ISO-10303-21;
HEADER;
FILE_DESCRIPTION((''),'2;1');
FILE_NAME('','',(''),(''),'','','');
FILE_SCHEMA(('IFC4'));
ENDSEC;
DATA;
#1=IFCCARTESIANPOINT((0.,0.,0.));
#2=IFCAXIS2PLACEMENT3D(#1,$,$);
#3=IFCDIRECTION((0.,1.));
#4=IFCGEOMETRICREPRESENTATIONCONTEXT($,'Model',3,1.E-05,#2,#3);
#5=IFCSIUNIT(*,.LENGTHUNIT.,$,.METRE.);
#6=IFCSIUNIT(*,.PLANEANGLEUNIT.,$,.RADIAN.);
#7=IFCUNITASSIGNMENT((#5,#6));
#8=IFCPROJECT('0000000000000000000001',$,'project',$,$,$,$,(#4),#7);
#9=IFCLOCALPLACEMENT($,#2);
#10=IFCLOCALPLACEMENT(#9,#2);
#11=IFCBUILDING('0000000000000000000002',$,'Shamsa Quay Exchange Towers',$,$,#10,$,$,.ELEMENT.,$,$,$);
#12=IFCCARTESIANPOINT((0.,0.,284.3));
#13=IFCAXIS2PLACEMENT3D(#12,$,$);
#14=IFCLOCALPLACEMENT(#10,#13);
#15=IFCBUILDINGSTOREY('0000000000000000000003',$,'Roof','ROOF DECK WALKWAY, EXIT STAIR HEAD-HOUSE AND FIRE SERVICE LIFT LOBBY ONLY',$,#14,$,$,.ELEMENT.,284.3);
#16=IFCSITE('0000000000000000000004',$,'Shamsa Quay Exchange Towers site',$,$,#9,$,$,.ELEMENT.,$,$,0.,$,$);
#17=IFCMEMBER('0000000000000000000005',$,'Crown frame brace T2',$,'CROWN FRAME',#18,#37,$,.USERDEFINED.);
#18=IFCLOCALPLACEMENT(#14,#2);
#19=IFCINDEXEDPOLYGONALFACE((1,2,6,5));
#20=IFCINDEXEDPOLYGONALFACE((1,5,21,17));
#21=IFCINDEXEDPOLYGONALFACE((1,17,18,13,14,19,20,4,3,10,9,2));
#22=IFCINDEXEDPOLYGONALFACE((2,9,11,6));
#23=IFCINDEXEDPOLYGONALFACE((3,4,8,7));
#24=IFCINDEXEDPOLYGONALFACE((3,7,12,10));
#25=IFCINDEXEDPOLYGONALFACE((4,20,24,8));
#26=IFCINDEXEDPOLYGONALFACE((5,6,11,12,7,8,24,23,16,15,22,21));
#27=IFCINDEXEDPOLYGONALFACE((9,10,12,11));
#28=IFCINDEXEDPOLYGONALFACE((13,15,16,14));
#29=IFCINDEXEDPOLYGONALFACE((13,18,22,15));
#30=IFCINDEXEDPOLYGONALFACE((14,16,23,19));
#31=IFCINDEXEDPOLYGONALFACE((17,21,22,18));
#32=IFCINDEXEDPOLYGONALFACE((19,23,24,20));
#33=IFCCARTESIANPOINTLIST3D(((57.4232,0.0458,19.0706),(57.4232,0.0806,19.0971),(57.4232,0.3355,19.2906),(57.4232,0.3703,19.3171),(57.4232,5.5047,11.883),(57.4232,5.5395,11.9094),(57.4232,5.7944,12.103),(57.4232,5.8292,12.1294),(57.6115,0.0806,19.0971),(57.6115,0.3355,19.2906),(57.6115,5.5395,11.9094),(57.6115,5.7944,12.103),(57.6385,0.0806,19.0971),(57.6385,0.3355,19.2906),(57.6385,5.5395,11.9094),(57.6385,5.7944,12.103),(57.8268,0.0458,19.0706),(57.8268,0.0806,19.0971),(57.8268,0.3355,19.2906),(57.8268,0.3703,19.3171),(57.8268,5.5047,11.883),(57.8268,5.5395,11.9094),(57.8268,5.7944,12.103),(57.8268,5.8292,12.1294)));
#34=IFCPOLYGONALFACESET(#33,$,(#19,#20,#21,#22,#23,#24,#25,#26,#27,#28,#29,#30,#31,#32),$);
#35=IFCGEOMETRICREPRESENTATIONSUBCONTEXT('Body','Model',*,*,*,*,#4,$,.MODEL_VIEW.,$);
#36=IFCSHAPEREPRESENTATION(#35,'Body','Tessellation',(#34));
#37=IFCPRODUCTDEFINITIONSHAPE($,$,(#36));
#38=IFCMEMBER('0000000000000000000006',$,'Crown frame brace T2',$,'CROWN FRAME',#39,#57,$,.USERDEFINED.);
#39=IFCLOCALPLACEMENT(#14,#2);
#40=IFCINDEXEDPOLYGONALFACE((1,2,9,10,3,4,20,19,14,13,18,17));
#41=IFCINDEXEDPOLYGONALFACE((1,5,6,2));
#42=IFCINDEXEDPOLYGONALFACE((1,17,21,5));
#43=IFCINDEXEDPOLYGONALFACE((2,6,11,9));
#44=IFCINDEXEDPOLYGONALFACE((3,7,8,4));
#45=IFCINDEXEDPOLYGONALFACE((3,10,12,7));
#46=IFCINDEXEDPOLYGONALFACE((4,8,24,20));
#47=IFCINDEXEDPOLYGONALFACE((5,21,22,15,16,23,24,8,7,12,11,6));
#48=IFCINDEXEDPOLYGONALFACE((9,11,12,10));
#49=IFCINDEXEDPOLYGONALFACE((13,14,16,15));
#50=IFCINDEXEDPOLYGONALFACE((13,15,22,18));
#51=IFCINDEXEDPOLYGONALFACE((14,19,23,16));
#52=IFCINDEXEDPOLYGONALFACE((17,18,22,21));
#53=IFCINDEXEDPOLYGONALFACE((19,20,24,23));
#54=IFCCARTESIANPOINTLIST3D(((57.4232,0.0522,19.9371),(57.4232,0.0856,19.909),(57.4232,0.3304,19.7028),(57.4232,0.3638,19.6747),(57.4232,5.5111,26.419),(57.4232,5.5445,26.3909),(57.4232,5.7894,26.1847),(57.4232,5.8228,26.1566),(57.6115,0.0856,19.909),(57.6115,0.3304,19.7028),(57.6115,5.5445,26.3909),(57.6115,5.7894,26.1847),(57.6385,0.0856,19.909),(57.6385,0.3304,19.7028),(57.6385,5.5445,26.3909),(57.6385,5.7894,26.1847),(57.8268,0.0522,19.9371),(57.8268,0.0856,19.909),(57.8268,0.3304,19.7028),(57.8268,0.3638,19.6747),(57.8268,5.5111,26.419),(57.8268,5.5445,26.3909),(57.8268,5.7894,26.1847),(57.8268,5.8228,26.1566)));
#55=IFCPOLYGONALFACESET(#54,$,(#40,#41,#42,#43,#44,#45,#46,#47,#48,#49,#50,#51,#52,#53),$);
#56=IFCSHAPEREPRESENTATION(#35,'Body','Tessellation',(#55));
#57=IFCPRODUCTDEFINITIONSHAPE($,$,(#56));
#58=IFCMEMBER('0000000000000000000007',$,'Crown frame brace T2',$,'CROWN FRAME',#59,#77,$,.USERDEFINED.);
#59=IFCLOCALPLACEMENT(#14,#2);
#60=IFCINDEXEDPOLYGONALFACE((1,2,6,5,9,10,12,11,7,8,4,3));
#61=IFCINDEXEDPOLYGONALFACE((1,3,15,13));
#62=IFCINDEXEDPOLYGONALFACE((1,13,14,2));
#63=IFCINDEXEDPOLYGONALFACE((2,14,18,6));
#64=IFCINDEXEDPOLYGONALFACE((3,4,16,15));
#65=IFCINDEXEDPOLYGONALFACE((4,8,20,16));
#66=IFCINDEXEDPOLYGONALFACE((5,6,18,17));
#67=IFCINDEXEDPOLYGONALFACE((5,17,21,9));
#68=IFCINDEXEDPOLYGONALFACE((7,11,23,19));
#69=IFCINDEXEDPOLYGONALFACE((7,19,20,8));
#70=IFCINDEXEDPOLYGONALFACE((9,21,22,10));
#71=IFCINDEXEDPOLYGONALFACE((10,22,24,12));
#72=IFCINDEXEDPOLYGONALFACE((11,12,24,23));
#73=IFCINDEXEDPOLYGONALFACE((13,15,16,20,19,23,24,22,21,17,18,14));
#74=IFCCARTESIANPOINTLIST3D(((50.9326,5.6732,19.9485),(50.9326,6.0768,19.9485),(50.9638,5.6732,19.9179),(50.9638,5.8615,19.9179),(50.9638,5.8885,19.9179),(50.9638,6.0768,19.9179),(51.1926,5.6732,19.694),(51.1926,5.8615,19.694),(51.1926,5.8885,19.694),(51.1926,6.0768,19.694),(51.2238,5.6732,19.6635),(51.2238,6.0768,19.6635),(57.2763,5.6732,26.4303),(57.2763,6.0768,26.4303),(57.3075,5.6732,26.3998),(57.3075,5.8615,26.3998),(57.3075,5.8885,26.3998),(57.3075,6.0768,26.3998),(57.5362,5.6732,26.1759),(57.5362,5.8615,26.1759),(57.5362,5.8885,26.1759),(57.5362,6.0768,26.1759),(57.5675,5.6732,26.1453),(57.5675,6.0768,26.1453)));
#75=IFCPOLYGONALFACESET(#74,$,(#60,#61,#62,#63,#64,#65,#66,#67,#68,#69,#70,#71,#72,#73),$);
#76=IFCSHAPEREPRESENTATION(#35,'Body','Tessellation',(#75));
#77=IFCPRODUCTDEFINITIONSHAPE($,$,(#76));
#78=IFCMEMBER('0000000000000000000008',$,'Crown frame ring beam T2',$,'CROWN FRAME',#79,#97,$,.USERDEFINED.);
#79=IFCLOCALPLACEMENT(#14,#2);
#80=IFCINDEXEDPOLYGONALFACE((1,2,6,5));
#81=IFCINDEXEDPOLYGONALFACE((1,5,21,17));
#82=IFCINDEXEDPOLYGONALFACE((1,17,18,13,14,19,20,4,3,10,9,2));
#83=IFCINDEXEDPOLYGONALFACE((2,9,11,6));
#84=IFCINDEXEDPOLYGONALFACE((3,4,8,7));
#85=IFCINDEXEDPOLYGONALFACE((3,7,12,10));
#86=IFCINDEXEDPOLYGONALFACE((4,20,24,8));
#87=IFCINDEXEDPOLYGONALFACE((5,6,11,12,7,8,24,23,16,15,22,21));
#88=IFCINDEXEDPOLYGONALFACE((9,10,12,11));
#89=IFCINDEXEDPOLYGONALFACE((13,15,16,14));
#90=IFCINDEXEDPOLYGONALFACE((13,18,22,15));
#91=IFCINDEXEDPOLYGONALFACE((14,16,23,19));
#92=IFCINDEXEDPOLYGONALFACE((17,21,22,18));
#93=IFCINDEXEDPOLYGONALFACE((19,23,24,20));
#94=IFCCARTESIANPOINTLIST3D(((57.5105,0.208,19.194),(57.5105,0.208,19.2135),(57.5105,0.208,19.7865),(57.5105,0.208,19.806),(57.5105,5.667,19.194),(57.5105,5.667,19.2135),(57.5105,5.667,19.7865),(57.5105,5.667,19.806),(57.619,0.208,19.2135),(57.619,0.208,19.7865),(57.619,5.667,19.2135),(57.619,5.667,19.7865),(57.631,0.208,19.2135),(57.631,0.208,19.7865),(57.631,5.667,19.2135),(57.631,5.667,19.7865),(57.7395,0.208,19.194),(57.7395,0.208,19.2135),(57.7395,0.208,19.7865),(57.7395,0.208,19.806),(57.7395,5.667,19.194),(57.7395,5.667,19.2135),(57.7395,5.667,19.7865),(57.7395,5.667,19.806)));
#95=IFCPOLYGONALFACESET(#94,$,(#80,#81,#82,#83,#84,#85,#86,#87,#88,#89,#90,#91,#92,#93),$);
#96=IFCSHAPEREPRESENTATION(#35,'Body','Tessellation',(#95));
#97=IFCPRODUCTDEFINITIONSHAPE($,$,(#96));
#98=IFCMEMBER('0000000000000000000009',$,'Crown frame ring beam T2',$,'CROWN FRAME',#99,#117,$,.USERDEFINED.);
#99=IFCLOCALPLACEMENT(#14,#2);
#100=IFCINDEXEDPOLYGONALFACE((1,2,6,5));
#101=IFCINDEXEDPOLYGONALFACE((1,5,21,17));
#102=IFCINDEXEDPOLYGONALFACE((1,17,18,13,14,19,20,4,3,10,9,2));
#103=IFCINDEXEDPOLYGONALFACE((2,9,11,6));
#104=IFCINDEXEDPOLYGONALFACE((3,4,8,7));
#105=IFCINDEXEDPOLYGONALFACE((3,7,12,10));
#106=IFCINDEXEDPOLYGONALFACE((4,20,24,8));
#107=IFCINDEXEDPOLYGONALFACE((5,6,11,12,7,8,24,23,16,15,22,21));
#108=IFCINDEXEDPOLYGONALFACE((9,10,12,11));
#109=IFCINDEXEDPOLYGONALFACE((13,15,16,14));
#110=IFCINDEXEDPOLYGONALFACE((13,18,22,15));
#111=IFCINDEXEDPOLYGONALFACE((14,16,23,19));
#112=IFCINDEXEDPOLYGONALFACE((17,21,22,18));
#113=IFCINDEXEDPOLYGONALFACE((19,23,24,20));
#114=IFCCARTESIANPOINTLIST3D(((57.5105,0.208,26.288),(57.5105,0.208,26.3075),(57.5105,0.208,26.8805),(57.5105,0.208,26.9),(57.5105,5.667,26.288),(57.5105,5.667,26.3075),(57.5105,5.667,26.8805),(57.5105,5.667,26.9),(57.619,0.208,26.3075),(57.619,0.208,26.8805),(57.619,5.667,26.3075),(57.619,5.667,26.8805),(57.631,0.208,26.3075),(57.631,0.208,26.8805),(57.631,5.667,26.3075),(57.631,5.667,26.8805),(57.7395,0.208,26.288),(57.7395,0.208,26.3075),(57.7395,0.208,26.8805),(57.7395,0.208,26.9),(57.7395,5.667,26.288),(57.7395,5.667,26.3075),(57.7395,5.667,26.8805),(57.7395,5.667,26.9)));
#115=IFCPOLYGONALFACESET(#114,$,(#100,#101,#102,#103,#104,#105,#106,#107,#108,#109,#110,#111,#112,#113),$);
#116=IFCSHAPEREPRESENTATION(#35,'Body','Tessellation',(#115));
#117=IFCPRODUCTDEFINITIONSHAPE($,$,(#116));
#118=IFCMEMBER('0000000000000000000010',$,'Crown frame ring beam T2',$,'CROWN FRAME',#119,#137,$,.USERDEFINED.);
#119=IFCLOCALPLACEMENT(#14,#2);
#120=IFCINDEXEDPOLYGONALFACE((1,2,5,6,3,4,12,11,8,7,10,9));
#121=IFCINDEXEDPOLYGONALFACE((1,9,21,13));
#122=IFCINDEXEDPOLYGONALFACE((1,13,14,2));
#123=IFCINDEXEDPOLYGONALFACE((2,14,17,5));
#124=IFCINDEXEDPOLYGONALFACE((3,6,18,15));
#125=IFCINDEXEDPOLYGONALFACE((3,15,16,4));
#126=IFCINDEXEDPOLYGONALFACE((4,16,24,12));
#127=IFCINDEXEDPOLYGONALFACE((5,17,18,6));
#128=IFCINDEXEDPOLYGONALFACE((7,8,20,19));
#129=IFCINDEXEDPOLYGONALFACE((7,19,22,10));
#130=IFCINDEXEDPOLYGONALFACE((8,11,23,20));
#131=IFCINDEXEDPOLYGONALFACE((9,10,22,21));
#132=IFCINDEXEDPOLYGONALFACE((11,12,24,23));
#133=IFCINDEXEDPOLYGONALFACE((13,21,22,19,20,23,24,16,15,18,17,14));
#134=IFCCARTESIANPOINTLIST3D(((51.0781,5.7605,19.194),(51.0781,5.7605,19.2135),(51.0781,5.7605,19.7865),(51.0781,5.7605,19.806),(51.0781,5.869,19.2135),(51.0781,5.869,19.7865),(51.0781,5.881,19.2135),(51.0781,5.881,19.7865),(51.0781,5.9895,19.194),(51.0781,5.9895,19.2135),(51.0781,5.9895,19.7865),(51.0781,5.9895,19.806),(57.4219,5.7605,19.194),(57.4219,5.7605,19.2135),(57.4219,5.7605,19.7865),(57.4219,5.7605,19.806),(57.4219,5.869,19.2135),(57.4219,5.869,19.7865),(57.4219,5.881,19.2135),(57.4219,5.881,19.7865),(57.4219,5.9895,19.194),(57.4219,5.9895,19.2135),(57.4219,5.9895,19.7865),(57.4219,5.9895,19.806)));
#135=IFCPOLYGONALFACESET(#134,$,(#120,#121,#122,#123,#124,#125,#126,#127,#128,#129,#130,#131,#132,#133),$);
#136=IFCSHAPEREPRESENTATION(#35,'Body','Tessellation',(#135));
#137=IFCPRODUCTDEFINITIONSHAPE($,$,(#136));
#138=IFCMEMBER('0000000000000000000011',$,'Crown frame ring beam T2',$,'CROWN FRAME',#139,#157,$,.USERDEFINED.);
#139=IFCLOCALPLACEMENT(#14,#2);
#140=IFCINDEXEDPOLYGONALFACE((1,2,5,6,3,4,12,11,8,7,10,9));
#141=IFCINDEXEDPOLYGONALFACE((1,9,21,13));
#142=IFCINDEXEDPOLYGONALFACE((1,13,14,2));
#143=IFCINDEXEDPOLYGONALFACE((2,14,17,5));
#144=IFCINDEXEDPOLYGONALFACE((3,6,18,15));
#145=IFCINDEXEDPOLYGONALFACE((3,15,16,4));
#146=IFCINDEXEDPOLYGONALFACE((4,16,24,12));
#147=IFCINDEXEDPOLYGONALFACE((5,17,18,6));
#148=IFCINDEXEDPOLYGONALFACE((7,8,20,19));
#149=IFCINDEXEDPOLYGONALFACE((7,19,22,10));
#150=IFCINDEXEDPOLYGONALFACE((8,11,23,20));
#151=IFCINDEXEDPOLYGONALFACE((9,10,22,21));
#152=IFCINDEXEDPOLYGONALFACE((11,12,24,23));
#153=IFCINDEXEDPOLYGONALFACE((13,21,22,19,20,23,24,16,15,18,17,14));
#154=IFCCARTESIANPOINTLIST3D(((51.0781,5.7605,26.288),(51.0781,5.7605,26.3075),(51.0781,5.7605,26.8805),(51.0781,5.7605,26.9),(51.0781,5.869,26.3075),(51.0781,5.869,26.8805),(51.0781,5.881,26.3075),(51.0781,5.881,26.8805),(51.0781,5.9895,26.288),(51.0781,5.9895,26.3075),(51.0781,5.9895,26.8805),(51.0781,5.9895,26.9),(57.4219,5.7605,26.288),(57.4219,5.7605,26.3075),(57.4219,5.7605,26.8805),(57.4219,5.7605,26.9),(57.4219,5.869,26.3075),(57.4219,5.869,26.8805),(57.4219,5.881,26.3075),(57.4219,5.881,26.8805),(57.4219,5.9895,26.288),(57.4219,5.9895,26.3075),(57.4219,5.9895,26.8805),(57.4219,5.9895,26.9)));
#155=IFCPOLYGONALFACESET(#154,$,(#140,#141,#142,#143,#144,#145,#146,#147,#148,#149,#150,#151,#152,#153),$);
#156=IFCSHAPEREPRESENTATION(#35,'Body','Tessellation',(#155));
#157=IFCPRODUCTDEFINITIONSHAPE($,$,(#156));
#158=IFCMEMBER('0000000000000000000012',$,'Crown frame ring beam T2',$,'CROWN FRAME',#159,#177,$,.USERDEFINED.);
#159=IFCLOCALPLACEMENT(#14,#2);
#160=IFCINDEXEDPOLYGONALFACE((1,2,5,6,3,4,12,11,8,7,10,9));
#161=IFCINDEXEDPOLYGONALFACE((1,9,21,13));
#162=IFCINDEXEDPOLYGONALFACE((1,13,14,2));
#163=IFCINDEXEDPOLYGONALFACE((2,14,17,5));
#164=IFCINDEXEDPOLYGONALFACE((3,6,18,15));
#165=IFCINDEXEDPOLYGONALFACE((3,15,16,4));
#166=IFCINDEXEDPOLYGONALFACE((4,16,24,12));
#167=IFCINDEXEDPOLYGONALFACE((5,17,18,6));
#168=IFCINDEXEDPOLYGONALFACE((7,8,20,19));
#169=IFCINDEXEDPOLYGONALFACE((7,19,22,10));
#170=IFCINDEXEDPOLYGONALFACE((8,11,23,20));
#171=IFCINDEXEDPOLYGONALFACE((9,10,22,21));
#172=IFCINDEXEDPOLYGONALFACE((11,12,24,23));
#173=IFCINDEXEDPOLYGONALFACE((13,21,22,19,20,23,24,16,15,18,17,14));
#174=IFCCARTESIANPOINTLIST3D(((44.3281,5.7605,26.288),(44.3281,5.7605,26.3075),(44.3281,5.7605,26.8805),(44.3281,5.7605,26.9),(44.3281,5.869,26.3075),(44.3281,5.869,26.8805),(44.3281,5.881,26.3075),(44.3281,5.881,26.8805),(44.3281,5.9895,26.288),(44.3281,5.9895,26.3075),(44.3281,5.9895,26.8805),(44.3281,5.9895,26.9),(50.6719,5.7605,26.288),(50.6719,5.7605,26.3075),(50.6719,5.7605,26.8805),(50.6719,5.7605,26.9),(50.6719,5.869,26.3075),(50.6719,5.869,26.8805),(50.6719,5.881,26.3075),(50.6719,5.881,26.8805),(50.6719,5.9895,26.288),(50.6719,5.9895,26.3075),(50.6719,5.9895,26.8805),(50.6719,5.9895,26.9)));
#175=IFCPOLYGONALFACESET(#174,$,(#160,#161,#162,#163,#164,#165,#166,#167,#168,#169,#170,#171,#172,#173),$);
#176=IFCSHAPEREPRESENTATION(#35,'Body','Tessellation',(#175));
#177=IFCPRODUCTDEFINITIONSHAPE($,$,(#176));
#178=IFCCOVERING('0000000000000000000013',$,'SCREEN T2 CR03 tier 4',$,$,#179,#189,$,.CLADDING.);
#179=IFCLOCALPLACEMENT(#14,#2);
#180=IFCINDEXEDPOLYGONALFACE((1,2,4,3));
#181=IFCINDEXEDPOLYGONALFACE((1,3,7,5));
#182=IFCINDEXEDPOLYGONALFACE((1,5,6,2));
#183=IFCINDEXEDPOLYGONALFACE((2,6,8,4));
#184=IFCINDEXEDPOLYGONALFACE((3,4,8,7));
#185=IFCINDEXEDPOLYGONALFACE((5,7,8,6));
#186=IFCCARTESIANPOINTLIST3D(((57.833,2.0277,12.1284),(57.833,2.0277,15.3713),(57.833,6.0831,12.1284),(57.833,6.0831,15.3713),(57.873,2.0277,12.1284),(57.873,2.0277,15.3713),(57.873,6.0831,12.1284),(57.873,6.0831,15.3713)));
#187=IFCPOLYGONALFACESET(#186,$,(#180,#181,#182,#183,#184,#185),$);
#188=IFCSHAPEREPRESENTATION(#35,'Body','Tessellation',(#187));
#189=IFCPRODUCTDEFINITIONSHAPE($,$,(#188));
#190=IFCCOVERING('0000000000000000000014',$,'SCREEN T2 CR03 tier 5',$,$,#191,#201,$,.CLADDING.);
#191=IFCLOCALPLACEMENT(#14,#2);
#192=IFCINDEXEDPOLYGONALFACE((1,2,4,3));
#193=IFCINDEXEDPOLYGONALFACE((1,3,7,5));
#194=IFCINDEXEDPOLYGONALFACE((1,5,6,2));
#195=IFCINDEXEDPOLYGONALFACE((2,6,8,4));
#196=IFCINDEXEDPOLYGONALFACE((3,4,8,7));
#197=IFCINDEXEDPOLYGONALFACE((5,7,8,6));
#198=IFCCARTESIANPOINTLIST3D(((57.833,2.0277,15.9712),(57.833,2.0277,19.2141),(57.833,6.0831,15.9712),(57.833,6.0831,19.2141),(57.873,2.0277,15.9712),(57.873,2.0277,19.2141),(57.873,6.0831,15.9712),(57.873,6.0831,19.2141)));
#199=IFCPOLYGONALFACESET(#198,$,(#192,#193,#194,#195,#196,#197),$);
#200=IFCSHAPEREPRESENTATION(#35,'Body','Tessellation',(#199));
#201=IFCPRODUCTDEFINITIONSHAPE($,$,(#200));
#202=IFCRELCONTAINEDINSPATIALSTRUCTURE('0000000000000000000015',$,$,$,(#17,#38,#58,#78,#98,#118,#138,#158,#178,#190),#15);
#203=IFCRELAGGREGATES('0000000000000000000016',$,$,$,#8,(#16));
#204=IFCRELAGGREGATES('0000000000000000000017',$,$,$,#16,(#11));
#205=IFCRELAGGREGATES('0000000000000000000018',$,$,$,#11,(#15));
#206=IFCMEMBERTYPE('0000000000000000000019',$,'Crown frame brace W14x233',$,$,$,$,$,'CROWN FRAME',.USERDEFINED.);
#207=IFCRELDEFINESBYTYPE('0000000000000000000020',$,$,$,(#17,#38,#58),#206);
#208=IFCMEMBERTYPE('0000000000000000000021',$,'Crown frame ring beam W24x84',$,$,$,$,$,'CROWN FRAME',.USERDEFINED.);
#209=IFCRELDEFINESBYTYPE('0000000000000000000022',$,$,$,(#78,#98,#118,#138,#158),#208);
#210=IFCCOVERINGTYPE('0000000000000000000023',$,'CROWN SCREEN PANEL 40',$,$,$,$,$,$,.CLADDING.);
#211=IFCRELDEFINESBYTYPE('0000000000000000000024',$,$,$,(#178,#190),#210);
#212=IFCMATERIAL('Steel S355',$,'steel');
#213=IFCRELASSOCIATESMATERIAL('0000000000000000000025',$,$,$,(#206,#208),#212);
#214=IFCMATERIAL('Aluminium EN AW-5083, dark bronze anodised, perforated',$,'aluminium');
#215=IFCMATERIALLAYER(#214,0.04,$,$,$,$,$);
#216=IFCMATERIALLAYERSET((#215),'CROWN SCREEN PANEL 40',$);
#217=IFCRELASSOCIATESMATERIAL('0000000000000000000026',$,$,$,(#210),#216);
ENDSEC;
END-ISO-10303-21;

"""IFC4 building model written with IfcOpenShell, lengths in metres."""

from ifc_helpers import new_model, si_unit, direction, frame, origin, origin_2d, place, context, subcontext, project, spatial, rectangle, i_section, extrude, material, layer, layer_set, material_profile, profile_set, type_object, element, save


model = new_model("IFC4")

# Units and contexts
model_context = context("Model", 3, precision=1e-05, world=origin(), true_north=direction((0.0, 1.0)))
body_context = subcontext(model_context, "Body", "Model", "MODEL_VIEW")
ifc_project = project(units=[si_unit("LENGTHUNIT", "METRE"), si_unit("PLANEANGLEUNIT", "RADIAN")], contexts=[model_context])

# Site, building, storey
site_placement = place(None, origin())
site = spatial("IfcSite", under=ifc_project, at=site_placement, Name="Shamsa Quay Exchange Towers site", CompositionType="ELEMENT", RefElevation=0.0)
building_placement = place(site_placement, origin())
building = spatial("IfcBuilding", under=site, at=building_placement, Name="Shamsa Quay Exchange Towers", CompositionType="ELEMENT")
storey_placement = place(building_placement, frame((0.0, 0.0, 284.3)))
storey = spatial("IfcBuildingStorey", under=building, at=storey_placement, Name="Roof", Description="ROOF DECK WALKWAY, EXIT STAIR HEAD-HOUSE AND FIRE SERVICE LIFT LOBBY ONLY", CompositionType="ELEMENT", Elevation=284.3)

# Members
ifc_material_1 = material(Name="Steel S355", Category="steel")
ifc_material_profile_1 = material_profile(ifc_material_1, i_section(OverallWidth=0.4036, OverallDepth=0.4075, WebThickness=0.0271, FlangeThickness=0.0437, at=origin_2d()), Name="W14x233")
ifc_profile_set_1 = profile_set([ifc_material_profile_1], Name="Steel S355")
member_type_1 = type_object("IfcMemberType", Name="Crown frame brace W14x233", ElementType="CROWN FRAME", PredefinedType="USERDEFINED", material=ifc_profile_set_1)
member_1_placement = place(storey_placement, frame((57.625, 0.208, 19.1938), z_axis=(0.0, 0.604823, -0.79636), x_axis=(-1.0, 0.0, 0.0)))
element("IfcMember", 1, at=member_1_placement, inside=storey, type_object=member_type_1, Name="Crown frame brace T2", ObjectType="CROWN FRAME", PredefinedType="USERDEFINED", context=body_context, shape_type="SweptSolid", body=[
    extrude(i_section(OverallWidth=0.4036, OverallDepth=0.4075, WebThickness=0.0271, FlangeThickness=0.0437, at=origin_2d()), origin(), (0.0, 0.0, 1.0), 9.0256),
])
member_2_placement = place(storey_placement, frame((57.625, 0.208, 19.8059), z_axis=(0.0, 0.644171, 0.764881), x_axis=(-1.0, 0.0, 0.0)))
element("IfcMember", 2, at=member_2_placement, inside=storey, type_object=member_type_1, Name="Crown frame brace T2", ObjectType="CROWN FRAME", PredefinedType="USERDEFINED", context=body_context, shape_type="SweptSolid", body=[
    extrude(i_section(OverallWidth=0.4036, OverallDepth=0.4075, WebThickness=0.0271, FlangeThickness=0.0437, at=origin_2d()), origin(), (0.0, 0.0, 1.0), 8.4744),
])
member_3_placement = place(storey_placement, frame((57.4219, 5.875, 26.2878), z_axis=(-0.699448, 0.0, -0.714684), x_axis=(0.0, -1.0, 0.0)))
element("IfcMember", 3, at=member_3_placement, inside=storey, type_object=member_type_1, Name="Crown frame brace T2", ObjectType="CROWN FRAME", PredefinedType="USERDEFINED", context=body_context, shape_type="SweptSolid", body=[
    extrude(i_section(OverallWidth=0.4036, OverallDepth=0.4075, WebThickness=0.0271, FlangeThickness=0.0437, at=origin_2d()), origin(), (0.0, 0.0, 1.0), 9.0696),
])
ifc_material_profile_2 = material_profile(ifc_material_1, i_section(OverallWidth=0.229, OverallDepth=0.6121, WebThickness=0.012, FlangeThickness=0.0195, at=origin_2d()), Name="W24x84")
ifc_profile_set_2 = profile_set([ifc_material_profile_2], Name="Steel S355")
member_type_2 = type_object("IfcMemberType", Name="Crown frame ring beam W24x84", ElementType="CROWN FRAME", PredefinedType="USERDEFINED", material=ifc_profile_set_2)
for number, where, z_axis, x_axis, name in (
    (4, (57.625, 0.208, 19.5), (0.0, 1.0, 0.0), (-1.0, 0.0, 0.0), "Crown frame ring beam T2"),
    (5, (57.625, 0.208, 26.594), (0.0, 1.0, 0.0), (-1.0, 0.0, 0.0), "Crown frame ring beam T2"),
):
    element("IfcMember", number, at=place(storey_placement, frame(where, z_axis=z_axis, x_axis=x_axis)), inside=storey, type_object=member_type_2, Name=name, ObjectType="CROWN FRAME", PredefinedType="USERDEFINED", context=body_context, shape_type="SweptSolid", body=[
        extrude(i_section(OverallWidth=0.229, OverallDepth=0.6121, WebThickness=0.012, FlangeThickness=0.0195, at=origin_2d()), origin(), (0.0, 0.0, 1.0), 5.459),
    ])
for number, where, z_axis, x_axis, name in (
    (6, (57.4219, 5.875, 19.5), (-1.0, 0.0, 0.0), (0.0, -1.0, 0.0), "Crown frame ring beam T2"),
    (7, (57.4219, 5.875, 26.594), (-1.0, 0.0, 0.0), (0.0, -1.0, 0.0), "Crown frame ring beam T2"),
    (8, (50.6719, 5.875, 26.594), (-1.0, 0.0, 0.0), (0.0, -1.0, 0.0), "Crown frame ring beam T2"),
):
    element("IfcMember", number, at=place(storey_placement, frame(where, z_axis=z_axis, x_axis=x_axis)), inside=storey, type_object=member_type_2, Name=name, ObjectType="CROWN FRAME", PredefinedType="USERDEFINED", context=body_context, shape_type="SweptSolid", body=[
        extrude(i_section(OverallWidth=0.229, OverallDepth=0.6121, WebThickness=0.012, FlangeThickness=0.0195, at=origin_2d()), origin(), (0.0, 0.0, 1.0), 6.3438),
    ])

# Coverings
ifc_material_2 = material(Name="Aluminium EN AW-5083, dark bronze anodised, perforated", Category="aluminium")
ifc_layer = layer(ifc_material_2, 0.04)
ifc_layer_set = layer_set([ifc_layer], Name="CROWN SCREEN PANEL 40")
covering_type = type_object("IfcCoveringType", Name="CROWN SCREEN PANEL 40", PredefinedType="CLADDING", material=ifc_layer_set)
for number, where, z_axis, x_axis, name in (
    (9, (57.853, 4.0554, 12.1284), (0.0, 0.0, 1.0), (0.0, 1.0, 0.0), "SCREEN T2 CR03 tier 4"),
    (10, (57.853, 4.0554, 15.9712), (0.0, 0.0, 1.0), (0.0, 1.0, 0.0), "SCREEN T2 CR03 tier 5"),
):
    element("IfcCovering", number, at=place(storey_placement, frame(where, z_axis=z_axis, x_axis=x_axis)), inside=storey, type_object=covering_type, Name=name, PredefinedType="CLADDING", context=body_context, shape_type="SweptSolid", body=[
        extrude(rectangle(XDim=4.0554, YDim=0.04, at=origin_2d()), origin(), (0.0, 0.0, 1.0), 3.2429),
    ])

save(model, "model.ifc")
